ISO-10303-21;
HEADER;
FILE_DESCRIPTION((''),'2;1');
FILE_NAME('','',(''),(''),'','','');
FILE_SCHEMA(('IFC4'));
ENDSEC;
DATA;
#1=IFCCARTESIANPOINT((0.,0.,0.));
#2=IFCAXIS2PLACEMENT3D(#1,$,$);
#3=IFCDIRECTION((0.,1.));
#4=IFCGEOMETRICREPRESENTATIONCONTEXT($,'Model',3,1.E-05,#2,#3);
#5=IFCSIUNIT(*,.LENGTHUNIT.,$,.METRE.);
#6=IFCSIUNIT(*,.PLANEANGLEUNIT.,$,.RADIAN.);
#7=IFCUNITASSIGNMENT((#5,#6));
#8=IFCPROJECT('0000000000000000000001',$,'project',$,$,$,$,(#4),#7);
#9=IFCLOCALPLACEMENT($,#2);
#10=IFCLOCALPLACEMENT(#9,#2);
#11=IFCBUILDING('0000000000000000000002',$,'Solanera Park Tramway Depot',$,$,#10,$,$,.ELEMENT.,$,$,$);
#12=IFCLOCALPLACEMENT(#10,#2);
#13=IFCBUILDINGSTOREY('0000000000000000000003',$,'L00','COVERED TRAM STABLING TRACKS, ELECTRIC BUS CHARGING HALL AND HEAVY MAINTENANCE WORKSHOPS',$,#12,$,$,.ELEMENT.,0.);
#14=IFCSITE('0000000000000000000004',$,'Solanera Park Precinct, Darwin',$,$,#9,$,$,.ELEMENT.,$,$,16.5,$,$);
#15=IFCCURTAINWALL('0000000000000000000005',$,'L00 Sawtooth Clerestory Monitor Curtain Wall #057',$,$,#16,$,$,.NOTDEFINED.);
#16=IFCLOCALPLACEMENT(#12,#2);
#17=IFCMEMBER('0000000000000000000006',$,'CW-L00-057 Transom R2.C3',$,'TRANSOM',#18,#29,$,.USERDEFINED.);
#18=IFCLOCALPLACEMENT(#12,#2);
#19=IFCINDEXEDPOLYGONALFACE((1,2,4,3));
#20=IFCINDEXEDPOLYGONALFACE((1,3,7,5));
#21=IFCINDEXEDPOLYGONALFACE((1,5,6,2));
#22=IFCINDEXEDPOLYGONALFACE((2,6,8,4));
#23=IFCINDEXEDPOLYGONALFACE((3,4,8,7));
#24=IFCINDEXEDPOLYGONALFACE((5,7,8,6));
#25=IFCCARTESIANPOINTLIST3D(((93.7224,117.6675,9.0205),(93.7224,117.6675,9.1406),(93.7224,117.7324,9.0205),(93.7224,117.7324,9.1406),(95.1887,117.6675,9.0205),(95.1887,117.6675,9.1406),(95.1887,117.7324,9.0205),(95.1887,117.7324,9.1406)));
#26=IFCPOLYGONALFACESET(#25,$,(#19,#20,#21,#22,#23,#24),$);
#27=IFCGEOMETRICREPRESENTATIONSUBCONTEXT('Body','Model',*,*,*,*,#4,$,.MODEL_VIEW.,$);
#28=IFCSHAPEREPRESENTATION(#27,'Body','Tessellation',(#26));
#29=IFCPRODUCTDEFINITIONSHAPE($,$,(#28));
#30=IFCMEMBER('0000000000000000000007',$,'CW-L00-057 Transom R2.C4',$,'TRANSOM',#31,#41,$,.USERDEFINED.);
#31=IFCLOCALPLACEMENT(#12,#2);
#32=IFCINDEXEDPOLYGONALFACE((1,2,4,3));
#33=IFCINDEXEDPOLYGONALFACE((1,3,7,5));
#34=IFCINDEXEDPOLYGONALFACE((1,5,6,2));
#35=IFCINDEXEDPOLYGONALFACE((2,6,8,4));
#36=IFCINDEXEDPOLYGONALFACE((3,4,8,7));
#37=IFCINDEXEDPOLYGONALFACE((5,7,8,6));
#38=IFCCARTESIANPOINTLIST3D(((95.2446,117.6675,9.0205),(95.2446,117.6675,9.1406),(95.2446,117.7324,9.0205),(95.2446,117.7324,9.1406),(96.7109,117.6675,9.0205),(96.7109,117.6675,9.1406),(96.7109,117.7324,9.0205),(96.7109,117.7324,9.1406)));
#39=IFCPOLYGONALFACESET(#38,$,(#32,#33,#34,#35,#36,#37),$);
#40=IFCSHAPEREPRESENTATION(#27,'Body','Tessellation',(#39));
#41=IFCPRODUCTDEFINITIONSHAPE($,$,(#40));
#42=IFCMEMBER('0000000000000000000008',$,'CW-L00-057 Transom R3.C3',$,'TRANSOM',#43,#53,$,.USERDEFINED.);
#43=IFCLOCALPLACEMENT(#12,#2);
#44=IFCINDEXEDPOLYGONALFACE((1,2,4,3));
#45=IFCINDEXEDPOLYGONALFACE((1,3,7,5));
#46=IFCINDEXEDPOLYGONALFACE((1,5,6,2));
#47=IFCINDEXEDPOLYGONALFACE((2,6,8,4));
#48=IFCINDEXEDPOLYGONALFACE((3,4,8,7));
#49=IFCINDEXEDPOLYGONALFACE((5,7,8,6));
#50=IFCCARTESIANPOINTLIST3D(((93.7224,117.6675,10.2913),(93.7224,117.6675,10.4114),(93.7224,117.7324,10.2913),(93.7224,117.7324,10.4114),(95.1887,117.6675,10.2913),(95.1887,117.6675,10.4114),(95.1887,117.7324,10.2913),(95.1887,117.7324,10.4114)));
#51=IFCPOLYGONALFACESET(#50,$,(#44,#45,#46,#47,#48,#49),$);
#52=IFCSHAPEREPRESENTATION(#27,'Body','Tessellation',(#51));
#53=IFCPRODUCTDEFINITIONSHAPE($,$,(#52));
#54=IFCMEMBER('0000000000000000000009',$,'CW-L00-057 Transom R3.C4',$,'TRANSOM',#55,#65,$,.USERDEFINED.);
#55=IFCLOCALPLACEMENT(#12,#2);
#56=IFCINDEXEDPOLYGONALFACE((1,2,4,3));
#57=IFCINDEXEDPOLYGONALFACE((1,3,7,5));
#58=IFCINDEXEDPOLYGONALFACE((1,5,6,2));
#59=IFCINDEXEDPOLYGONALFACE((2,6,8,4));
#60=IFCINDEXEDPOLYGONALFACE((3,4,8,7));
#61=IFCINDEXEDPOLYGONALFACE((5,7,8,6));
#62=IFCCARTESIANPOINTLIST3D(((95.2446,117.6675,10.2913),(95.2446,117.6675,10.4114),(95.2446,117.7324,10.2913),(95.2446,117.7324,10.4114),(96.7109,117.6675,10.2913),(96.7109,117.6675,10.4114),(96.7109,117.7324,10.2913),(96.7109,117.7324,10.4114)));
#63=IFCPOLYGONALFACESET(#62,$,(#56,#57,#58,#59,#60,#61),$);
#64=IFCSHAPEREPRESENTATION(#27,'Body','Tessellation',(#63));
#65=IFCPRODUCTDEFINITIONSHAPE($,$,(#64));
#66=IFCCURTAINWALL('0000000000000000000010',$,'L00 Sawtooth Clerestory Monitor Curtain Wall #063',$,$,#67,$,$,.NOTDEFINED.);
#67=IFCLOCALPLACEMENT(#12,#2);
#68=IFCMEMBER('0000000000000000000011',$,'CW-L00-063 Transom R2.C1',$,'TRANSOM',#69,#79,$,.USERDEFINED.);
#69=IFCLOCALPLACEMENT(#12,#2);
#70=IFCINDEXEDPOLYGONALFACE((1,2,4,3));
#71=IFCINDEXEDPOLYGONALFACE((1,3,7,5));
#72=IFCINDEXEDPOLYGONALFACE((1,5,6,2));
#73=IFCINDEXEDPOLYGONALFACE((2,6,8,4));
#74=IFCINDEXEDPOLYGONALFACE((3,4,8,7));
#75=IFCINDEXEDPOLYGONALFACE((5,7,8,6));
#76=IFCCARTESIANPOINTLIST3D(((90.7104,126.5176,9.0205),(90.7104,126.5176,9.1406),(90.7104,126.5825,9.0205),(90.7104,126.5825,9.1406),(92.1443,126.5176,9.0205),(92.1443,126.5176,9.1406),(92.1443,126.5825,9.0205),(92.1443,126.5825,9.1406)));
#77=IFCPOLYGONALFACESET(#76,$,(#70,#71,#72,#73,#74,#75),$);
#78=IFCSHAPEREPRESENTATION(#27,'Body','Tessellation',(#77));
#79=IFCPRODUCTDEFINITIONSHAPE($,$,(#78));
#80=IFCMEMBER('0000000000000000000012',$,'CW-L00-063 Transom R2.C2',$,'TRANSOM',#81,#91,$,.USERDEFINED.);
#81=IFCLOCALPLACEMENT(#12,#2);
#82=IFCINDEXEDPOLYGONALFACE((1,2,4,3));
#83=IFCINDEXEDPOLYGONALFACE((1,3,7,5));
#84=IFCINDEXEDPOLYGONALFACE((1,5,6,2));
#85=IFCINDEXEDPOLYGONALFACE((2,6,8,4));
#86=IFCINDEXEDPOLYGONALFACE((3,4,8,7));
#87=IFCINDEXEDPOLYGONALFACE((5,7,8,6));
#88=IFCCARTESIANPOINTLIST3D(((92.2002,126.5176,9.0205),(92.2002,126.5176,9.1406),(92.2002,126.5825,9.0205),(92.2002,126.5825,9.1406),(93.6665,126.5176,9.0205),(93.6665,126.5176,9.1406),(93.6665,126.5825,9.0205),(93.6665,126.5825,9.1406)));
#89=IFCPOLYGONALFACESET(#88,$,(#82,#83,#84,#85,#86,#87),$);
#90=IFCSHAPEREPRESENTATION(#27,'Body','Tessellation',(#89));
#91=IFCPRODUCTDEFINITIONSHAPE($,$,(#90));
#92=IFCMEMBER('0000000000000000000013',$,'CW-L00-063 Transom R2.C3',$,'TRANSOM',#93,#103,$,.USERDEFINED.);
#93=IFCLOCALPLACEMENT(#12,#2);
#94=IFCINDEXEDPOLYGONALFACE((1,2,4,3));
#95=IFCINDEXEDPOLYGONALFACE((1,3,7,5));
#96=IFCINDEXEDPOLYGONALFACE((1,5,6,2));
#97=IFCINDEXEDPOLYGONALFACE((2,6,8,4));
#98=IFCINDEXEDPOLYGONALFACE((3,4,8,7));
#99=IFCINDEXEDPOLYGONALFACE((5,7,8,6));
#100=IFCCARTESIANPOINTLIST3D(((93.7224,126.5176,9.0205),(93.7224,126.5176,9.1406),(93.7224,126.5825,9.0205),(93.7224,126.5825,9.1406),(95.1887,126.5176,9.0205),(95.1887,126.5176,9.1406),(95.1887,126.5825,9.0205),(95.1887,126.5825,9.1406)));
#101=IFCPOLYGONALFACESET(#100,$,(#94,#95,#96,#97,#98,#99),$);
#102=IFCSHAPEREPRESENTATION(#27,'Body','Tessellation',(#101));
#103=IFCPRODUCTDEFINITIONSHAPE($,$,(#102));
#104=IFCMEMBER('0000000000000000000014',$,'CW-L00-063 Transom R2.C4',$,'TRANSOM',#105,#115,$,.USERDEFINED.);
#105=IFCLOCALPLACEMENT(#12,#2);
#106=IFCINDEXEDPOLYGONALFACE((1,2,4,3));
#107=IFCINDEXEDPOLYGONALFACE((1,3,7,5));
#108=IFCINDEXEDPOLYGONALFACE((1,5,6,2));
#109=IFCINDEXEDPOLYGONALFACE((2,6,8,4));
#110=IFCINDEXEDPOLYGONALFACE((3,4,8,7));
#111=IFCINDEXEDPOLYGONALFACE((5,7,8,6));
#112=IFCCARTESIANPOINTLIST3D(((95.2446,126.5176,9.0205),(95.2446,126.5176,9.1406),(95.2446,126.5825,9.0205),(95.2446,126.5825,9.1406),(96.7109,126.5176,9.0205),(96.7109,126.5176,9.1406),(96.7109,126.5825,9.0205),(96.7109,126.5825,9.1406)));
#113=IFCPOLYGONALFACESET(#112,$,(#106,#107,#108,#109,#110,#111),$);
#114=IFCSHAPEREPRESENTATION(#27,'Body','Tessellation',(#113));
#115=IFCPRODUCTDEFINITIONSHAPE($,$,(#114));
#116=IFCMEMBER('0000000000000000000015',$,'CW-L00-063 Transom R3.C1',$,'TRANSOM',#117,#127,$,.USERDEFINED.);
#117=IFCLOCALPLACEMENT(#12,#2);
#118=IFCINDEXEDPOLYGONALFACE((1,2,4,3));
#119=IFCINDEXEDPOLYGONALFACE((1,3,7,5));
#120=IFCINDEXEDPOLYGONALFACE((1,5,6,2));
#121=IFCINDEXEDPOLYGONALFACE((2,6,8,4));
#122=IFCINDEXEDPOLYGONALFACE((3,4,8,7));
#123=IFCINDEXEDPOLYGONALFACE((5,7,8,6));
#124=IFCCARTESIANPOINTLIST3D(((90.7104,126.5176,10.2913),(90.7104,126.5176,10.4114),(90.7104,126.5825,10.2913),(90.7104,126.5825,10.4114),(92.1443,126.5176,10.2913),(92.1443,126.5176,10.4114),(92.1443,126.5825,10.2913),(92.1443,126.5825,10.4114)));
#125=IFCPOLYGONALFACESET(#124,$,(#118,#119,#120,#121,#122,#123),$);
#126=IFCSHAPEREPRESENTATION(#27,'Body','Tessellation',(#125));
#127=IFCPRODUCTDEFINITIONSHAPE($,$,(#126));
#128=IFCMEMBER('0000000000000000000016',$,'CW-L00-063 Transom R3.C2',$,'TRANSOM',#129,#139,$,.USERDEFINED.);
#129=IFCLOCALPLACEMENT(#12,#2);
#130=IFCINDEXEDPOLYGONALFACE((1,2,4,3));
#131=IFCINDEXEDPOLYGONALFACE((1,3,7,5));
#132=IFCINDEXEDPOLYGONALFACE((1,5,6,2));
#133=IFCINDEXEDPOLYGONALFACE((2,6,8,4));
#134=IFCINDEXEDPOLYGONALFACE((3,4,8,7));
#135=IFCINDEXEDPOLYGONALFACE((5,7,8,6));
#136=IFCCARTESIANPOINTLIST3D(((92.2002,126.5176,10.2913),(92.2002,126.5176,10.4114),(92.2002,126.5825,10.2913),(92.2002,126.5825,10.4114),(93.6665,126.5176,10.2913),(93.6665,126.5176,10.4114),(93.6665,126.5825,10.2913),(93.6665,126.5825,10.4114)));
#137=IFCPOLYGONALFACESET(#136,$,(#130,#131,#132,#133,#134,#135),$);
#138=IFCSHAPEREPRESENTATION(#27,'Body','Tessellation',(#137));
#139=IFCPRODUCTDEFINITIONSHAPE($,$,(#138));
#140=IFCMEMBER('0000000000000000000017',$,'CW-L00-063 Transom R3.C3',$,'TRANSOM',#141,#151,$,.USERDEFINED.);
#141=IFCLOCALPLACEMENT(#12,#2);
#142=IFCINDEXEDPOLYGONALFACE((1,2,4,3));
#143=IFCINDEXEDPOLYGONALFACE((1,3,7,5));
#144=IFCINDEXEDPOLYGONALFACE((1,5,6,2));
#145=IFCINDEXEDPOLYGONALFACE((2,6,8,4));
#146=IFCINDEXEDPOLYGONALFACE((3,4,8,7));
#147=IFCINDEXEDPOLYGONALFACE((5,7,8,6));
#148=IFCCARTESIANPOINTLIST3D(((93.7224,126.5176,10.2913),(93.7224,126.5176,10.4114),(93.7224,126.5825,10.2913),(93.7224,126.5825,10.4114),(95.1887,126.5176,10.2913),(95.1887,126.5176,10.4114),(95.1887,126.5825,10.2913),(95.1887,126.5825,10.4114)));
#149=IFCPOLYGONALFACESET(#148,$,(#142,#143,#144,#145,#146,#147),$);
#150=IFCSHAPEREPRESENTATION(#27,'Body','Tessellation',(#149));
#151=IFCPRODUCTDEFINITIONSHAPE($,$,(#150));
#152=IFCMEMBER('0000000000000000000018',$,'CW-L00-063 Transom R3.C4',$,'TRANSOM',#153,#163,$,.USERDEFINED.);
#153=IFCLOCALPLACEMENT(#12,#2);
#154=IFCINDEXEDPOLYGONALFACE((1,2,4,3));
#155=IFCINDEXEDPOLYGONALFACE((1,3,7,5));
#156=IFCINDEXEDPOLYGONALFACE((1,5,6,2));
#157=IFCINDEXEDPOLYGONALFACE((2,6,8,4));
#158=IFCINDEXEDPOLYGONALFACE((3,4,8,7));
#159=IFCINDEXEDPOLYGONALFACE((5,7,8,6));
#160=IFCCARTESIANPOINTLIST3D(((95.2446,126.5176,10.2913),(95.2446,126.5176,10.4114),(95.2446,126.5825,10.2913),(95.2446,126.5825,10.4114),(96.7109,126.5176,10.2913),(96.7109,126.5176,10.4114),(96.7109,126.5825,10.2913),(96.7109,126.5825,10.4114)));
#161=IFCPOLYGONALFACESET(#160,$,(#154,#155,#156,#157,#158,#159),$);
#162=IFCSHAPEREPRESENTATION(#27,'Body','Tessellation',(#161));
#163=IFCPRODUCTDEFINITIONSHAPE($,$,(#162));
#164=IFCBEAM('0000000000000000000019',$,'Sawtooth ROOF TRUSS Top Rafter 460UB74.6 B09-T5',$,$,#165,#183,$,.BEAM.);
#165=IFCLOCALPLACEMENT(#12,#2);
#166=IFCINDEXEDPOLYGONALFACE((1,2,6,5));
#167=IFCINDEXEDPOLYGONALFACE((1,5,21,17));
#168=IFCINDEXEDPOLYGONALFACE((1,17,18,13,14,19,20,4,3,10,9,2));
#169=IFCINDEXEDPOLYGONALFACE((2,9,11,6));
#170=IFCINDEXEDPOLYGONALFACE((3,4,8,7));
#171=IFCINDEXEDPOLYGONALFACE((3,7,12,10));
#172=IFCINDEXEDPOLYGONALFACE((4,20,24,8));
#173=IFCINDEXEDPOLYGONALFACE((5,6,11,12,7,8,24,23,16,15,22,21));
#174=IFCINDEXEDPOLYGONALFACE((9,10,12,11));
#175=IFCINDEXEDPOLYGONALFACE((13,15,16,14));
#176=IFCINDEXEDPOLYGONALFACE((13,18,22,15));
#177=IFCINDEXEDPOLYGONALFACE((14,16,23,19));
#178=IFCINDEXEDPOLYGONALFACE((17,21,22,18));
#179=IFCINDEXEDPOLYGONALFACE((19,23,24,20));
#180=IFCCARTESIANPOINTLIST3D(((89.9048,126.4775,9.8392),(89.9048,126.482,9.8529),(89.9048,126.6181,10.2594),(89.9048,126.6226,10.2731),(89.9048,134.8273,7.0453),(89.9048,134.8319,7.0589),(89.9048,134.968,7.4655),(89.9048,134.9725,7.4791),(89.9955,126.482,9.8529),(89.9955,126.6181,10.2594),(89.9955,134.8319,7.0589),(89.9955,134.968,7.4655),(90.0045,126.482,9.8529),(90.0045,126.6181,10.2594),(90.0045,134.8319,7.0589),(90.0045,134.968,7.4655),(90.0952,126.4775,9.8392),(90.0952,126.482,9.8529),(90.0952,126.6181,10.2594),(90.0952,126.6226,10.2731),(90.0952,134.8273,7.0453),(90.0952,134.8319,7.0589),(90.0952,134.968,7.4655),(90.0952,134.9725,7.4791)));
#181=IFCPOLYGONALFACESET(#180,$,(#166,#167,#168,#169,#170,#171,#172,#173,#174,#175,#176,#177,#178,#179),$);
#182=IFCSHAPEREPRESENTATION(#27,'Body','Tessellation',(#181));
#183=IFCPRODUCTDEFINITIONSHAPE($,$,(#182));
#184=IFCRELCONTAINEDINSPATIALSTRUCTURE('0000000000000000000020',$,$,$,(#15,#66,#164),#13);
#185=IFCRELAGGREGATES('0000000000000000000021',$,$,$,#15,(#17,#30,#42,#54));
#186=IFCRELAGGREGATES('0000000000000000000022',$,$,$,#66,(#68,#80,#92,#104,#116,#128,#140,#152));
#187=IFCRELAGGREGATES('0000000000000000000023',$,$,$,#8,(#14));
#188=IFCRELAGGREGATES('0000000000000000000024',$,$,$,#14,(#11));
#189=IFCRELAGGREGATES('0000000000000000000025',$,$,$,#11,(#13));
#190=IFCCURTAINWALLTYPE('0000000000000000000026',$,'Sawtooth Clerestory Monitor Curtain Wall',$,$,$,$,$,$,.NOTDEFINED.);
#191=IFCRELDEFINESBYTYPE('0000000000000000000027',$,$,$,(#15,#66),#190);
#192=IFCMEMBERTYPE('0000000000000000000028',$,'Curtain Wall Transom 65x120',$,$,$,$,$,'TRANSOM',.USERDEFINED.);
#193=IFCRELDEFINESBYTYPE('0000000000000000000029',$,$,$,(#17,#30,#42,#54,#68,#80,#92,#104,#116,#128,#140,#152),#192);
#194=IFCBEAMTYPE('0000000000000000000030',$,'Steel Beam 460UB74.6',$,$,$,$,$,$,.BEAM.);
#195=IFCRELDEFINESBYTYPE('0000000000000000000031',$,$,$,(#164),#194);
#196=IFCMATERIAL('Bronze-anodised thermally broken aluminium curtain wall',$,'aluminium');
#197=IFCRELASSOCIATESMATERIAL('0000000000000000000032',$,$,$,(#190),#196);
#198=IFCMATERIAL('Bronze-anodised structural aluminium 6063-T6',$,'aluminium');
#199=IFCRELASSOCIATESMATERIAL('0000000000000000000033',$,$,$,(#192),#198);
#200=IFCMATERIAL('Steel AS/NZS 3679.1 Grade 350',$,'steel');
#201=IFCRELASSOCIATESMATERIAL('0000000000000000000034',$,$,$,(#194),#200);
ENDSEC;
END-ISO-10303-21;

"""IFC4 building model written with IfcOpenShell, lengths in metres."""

from ifc_helpers import new_model, si_unit, direction, frame, origin, origin_2d, place, context, subcontext, project, spatial, rectangle, i_section, extrude, material, material_profile, profile_set, type_object, element, aggregate, save


model = new_model("IFC4")

# Units and contexts
model_context = context("Model", 3, precision=1e-05, world=origin(), true_north=direction((0.0, 1.0)))
body_context = subcontext(model_context, "Body", "Model", "MODEL_VIEW")
ifc_project = project(units=[si_unit("LENGTHUNIT", "METRE"), si_unit("PLANEANGLEUNIT", "RADIAN")], contexts=[model_context])

# Site, building, storey
site_placement = place(None, origin())
site = spatial("IfcSite", under=ifc_project, at=site_placement, Name="Solanera Park Precinct, Darwin", CompositionType="ELEMENT", RefElevation=16.5)
building_placement = place(site_placement, origin())
building = spatial("IfcBuilding", under=site, at=building_placement, Name="Solanera Park Tramway Depot", CompositionType="ELEMENT")
storey_placement = place(building_placement, origin())
storey = spatial("IfcBuildingStorey", under=building, at=storey_placement, Name="L00", Description="COVERED TRAM STABLING TRACKS, ELECTRIC BUS CHARGING HALL AND HEAVY MAINTENANCE WORKSHOPS", CompositionType="ELEMENT", Elevation=0.0)

# Curtain walls, members
ifc_material_1 = material(Name="Bronze-anodised thermally broken aluminium curtain wall", Category="aluminium")
curtain_wall_type = type_object("IfcCurtainWallType", Name="Sawtooth Clerestory Monitor Curtain Wall", PredefinedType="NOTDEFINED", material=ifc_material_1)
curtain_wall_1_placement = place(storey_placement, origin())
curtain_wall_1 = element("IfcCurtainWall", 1, at=curtain_wall_1_placement, inside=storey, type_object=curtain_wall_type, Name="L00 Sawtooth Clerestory Monitor Curtain Wall #057", PredefinedType="NOTDEFINED")
ifc_material_2 = material(Name="Bronze-anodised structural aluminium 6063-T6", Category="aluminium")
ifc_material_profile_1 = material_profile(ifc_material_2, rectangle(XDim=0.0649, YDim=0.1201, at=origin_2d()), Name="Curtain Wall Transom 65x120")
ifc_profile_set_1 = profile_set([ifc_material_profile_1], Name="Bronze-anodised structural aluminium 6063-T6")
member_type = type_object("IfcMemberType", Name="Curtain Wall Transom 65x120", ElementType="TRANSOM", PredefinedType="USERDEFINED", material=ifc_profile_set_1)
member_1_placement = place(storey_placement, frame((93.7224, 117.7, 9.0806), z_axis=(1.0, 0.0, 0.0), x_axis=(0.0, 1.0, 0.0)))
member_1 = element("IfcMember", 2, at=member_1_placement, type_object=member_type, Name="CW-L00-057 Transom R2.C3", ObjectType="TRANSOM", PredefinedType="USERDEFINED", context=body_context, shape_type="SweptSolid", body=[
    extrude(rectangle(XDim=0.0649, YDim=0.1201, at=origin_2d()), origin(), (0.0, 0.0, 1.0), 1.4663),
])
member_2_placement = place(storey_placement, frame((95.2446, 117.7, 9.0806), z_axis=(1.0, 0.0, 0.0), x_axis=(0.0, 1.0, 0.0)))
member_2 = element("IfcMember", 3, at=member_2_placement, type_object=member_type, Name="CW-L00-057 Transom R2.C4", ObjectType="TRANSOM", PredefinedType="USERDEFINED", context=body_context, shape_type="SweptSolid", body=[
    extrude(rectangle(XDim=0.0649, YDim=0.1201, at=origin_2d()), origin(), (0.0, 0.0, 1.0), 1.4663),
])
member_3_placement = place(storey_placement, frame((93.7224, 117.7, 10.3513), z_axis=(1.0, 0.0, 0.0), x_axis=(0.0, 1.0, 0.0)))
member_3 = element("IfcMember", 4, at=member_3_placement, type_object=member_type, Name="CW-L00-057 Transom R3.C3", ObjectType="TRANSOM", PredefinedType="USERDEFINED", context=body_context, shape_type="SweptSolid", body=[
    extrude(rectangle(XDim=0.0649, YDim=0.1201, at=origin_2d()), origin(), (0.0, 0.0, 1.0), 1.4663),
])
member_4_placement = place(storey_placement, frame((95.2446, 117.7, 10.3513), z_axis=(1.0, 0.0, 0.0), x_axis=(0.0, 1.0, 0.0)))
member_4 = element("IfcMember", 5, at=member_4_placement, type_object=member_type, Name="CW-L00-057 Transom R3.C4", ObjectType="TRANSOM", PredefinedType="USERDEFINED", context=body_context, shape_type="SweptSolid", body=[
    extrude(rectangle(XDim=0.0649, YDim=0.1201, at=origin_2d()), origin(), (0.0, 0.0, 1.0), 1.4663),
])
curtain_wall_2_placement = place(storey_placement, origin())
curtain_wall_2 = element("IfcCurtainWall", 6, at=curtain_wall_2_placement, inside=storey, type_object=curtain_wall_type, Name="L00 Sawtooth Clerestory Monitor Curtain Wall #063", PredefinedType="NOTDEFINED")
member_5_placement = place(storey_placement, frame((90.7104, 126.55, 9.0806), z_axis=(1.0, 0.0, 0.0), x_axis=(0.0, 1.0, 0.0)))
member_5 = element("IfcMember", 7, at=member_5_placement, type_object=member_type, Name="CW-L00-063 Transom R2.C1", ObjectType="TRANSOM", PredefinedType="USERDEFINED", context=body_context, shape_type="SweptSolid", body=[
    extrude(rectangle(XDim=0.0649, YDim=0.1201, at=origin_2d()), origin(), (0.0, 0.0, 1.0), 1.4338),
])
member_6_placement = place(storey_placement, frame((92.2002, 126.55, 9.0806), z_axis=(1.0, 0.0, 0.0), x_axis=(0.0, 1.0, 0.0)))
member_6 = element("IfcMember", 8, at=member_6_placement, type_object=member_type, Name="CW-L00-063 Transom R2.C2", ObjectType="TRANSOM", PredefinedType="USERDEFINED", context=body_context, shape_type="SweptSolid", body=[
    extrude(rectangle(XDim=0.0649, YDim=0.1201, at=origin_2d()), origin(), (0.0, 0.0, 1.0), 1.4663),
])
member_7_placement = place(storey_placement, frame((93.7224, 126.55, 9.0806), z_axis=(1.0, 0.0, 0.0), x_axis=(0.0, 1.0, 0.0)))
member_7 = element("IfcMember", 9, at=member_7_placement, type_object=member_type, Name="CW-L00-063 Transom R2.C3", ObjectType="TRANSOM", PredefinedType="USERDEFINED", context=body_context, shape_type="SweptSolid", body=[
    extrude(rectangle(XDim=0.0649, YDim=0.1201, at=origin_2d()), origin(), (0.0, 0.0, 1.0), 1.4663),
])
member_8_placement = place(storey_placement, frame((95.2446, 126.55, 9.0806), z_axis=(1.0, 0.0, 0.0), x_axis=(0.0, 1.0, 0.0)))
member_8 = element("IfcMember", 10, at=member_8_placement, type_object=member_type, Name="CW-L00-063 Transom R2.C4", ObjectType="TRANSOM", PredefinedType="USERDEFINED", context=body_context, shape_type="SweptSolid", body=[
    extrude(rectangle(XDim=0.0649, YDim=0.1201, at=origin_2d()), origin(), (0.0, 0.0, 1.0), 1.4663),
])
member_9_placement = place(storey_placement, frame((90.7104, 126.55, 10.3513), z_axis=(1.0, 0.0, 0.0), x_axis=(0.0, 1.0, 0.0)))
member_9 = element("IfcMember", 11, at=member_9_placement, type_object=member_type, Name="CW-L00-063 Transom R3.C1", ObjectType="TRANSOM", PredefinedType="USERDEFINED", context=body_context, shape_type="SweptSolid", body=[
    extrude(rectangle(XDim=0.0649, YDim=0.1201, at=origin_2d()), origin(), (0.0, 0.0, 1.0), 1.4338),
])
member_10_placement = place(storey_placement, frame((92.2002, 126.55, 10.3513), z_axis=(1.0, 0.0, 0.0), x_axis=(0.0, 1.0, 0.0)))
member_10 = element("IfcMember", 12, at=member_10_placement, type_object=member_type, Name="CW-L00-063 Transom R3.C2", ObjectType="TRANSOM", PredefinedType="USERDEFINED", context=body_context, shape_type="SweptSolid", body=[
    extrude(rectangle(XDim=0.0649, YDim=0.1201, at=origin_2d()), origin(), (0.0, 0.0, 1.0), 1.4663),
])
member_11_placement = place(storey_placement, frame((93.7224, 126.55, 10.3513), z_axis=(1.0, 0.0, 0.0), x_axis=(0.0, 1.0, 0.0)))
member_11 = element("IfcMember", 13, at=member_11_placement, type_object=member_type, Name="CW-L00-063 Transom R3.C3", ObjectType="TRANSOM", PredefinedType="USERDEFINED", context=body_context, shape_type="SweptSolid", body=[
    extrude(rectangle(XDim=0.0649, YDim=0.1201, at=origin_2d()), origin(), (0.0, 0.0, 1.0), 1.4663),
])
member_12_placement = place(storey_placement, frame((95.2446, 126.55, 10.3513), z_axis=(1.0, 0.0, 0.0), x_axis=(0.0, 1.0, 0.0)))
member_12 = element("IfcMember", 14, at=member_12_placement, type_object=member_type, Name="CW-L00-063 Transom R3.C4", ObjectType="TRANSOM", PredefinedType="USERDEFINED", context=body_context, shape_type="SweptSolid", body=[
    extrude(rectangle(XDim=0.0649, YDim=0.1201, at=origin_2d()), origin(), (0.0, 0.0, 1.0), 1.4663),
])

# Beam
ifc_material_3 = material(Name="Steel AS/NZS 3679.1 Grade 350", Category="steel")
ifc_material_profile_2 = material_profile(ifc_material_3, i_section(OverallWidth=0.1904, OverallDepth=0.4575, WebThickness=0.009, FlangeThickness=0.0144, at=origin_2d()), Name="460UB74.6")
ifc_profile_set_2 = profile_set([ifc_material_profile_2], Name="Steel AS/NZS 3679.1 Grade 350")
beam_type_1 = type_object("IfcBeamType", Name="Steel Beam 460UB74.6", PredefinedType="BEAM", material=ifc_profile_set_2)
beam_1_placement = place(storey_placement, frame((90.0, 126.55, 10.0562), z_axis=(0.0, 0.948319, -0.317317), x_axis=(-1.0, 0.0, 0.0)))
element("IfcBeam", 15, at=beam_1_placement, inside=storey, type_object=beam_type_1, Name="Sawtooth ROOF TRUSS Top Rafter 460UB74.6 B09-T5", PredefinedType="BEAM", context=body_context, shape_type="SweptSolid", body=[
    extrude(i_section(OverallWidth=0.1904, OverallDepth=0.4575, WebThickness=0.009, FlangeThickness=0.0144, at=origin_2d()), origin(), (0.0, 0.0, 1.0), 8.8049),
])

aggregate(curtain_wall_1, [member_1, member_2, member_3, member_4])
aggregate(curtain_wall_2, [member_5, member_6, member_7, member_8, member_9, member_10, member_11, member_12])

save(model, "model.ifc")
